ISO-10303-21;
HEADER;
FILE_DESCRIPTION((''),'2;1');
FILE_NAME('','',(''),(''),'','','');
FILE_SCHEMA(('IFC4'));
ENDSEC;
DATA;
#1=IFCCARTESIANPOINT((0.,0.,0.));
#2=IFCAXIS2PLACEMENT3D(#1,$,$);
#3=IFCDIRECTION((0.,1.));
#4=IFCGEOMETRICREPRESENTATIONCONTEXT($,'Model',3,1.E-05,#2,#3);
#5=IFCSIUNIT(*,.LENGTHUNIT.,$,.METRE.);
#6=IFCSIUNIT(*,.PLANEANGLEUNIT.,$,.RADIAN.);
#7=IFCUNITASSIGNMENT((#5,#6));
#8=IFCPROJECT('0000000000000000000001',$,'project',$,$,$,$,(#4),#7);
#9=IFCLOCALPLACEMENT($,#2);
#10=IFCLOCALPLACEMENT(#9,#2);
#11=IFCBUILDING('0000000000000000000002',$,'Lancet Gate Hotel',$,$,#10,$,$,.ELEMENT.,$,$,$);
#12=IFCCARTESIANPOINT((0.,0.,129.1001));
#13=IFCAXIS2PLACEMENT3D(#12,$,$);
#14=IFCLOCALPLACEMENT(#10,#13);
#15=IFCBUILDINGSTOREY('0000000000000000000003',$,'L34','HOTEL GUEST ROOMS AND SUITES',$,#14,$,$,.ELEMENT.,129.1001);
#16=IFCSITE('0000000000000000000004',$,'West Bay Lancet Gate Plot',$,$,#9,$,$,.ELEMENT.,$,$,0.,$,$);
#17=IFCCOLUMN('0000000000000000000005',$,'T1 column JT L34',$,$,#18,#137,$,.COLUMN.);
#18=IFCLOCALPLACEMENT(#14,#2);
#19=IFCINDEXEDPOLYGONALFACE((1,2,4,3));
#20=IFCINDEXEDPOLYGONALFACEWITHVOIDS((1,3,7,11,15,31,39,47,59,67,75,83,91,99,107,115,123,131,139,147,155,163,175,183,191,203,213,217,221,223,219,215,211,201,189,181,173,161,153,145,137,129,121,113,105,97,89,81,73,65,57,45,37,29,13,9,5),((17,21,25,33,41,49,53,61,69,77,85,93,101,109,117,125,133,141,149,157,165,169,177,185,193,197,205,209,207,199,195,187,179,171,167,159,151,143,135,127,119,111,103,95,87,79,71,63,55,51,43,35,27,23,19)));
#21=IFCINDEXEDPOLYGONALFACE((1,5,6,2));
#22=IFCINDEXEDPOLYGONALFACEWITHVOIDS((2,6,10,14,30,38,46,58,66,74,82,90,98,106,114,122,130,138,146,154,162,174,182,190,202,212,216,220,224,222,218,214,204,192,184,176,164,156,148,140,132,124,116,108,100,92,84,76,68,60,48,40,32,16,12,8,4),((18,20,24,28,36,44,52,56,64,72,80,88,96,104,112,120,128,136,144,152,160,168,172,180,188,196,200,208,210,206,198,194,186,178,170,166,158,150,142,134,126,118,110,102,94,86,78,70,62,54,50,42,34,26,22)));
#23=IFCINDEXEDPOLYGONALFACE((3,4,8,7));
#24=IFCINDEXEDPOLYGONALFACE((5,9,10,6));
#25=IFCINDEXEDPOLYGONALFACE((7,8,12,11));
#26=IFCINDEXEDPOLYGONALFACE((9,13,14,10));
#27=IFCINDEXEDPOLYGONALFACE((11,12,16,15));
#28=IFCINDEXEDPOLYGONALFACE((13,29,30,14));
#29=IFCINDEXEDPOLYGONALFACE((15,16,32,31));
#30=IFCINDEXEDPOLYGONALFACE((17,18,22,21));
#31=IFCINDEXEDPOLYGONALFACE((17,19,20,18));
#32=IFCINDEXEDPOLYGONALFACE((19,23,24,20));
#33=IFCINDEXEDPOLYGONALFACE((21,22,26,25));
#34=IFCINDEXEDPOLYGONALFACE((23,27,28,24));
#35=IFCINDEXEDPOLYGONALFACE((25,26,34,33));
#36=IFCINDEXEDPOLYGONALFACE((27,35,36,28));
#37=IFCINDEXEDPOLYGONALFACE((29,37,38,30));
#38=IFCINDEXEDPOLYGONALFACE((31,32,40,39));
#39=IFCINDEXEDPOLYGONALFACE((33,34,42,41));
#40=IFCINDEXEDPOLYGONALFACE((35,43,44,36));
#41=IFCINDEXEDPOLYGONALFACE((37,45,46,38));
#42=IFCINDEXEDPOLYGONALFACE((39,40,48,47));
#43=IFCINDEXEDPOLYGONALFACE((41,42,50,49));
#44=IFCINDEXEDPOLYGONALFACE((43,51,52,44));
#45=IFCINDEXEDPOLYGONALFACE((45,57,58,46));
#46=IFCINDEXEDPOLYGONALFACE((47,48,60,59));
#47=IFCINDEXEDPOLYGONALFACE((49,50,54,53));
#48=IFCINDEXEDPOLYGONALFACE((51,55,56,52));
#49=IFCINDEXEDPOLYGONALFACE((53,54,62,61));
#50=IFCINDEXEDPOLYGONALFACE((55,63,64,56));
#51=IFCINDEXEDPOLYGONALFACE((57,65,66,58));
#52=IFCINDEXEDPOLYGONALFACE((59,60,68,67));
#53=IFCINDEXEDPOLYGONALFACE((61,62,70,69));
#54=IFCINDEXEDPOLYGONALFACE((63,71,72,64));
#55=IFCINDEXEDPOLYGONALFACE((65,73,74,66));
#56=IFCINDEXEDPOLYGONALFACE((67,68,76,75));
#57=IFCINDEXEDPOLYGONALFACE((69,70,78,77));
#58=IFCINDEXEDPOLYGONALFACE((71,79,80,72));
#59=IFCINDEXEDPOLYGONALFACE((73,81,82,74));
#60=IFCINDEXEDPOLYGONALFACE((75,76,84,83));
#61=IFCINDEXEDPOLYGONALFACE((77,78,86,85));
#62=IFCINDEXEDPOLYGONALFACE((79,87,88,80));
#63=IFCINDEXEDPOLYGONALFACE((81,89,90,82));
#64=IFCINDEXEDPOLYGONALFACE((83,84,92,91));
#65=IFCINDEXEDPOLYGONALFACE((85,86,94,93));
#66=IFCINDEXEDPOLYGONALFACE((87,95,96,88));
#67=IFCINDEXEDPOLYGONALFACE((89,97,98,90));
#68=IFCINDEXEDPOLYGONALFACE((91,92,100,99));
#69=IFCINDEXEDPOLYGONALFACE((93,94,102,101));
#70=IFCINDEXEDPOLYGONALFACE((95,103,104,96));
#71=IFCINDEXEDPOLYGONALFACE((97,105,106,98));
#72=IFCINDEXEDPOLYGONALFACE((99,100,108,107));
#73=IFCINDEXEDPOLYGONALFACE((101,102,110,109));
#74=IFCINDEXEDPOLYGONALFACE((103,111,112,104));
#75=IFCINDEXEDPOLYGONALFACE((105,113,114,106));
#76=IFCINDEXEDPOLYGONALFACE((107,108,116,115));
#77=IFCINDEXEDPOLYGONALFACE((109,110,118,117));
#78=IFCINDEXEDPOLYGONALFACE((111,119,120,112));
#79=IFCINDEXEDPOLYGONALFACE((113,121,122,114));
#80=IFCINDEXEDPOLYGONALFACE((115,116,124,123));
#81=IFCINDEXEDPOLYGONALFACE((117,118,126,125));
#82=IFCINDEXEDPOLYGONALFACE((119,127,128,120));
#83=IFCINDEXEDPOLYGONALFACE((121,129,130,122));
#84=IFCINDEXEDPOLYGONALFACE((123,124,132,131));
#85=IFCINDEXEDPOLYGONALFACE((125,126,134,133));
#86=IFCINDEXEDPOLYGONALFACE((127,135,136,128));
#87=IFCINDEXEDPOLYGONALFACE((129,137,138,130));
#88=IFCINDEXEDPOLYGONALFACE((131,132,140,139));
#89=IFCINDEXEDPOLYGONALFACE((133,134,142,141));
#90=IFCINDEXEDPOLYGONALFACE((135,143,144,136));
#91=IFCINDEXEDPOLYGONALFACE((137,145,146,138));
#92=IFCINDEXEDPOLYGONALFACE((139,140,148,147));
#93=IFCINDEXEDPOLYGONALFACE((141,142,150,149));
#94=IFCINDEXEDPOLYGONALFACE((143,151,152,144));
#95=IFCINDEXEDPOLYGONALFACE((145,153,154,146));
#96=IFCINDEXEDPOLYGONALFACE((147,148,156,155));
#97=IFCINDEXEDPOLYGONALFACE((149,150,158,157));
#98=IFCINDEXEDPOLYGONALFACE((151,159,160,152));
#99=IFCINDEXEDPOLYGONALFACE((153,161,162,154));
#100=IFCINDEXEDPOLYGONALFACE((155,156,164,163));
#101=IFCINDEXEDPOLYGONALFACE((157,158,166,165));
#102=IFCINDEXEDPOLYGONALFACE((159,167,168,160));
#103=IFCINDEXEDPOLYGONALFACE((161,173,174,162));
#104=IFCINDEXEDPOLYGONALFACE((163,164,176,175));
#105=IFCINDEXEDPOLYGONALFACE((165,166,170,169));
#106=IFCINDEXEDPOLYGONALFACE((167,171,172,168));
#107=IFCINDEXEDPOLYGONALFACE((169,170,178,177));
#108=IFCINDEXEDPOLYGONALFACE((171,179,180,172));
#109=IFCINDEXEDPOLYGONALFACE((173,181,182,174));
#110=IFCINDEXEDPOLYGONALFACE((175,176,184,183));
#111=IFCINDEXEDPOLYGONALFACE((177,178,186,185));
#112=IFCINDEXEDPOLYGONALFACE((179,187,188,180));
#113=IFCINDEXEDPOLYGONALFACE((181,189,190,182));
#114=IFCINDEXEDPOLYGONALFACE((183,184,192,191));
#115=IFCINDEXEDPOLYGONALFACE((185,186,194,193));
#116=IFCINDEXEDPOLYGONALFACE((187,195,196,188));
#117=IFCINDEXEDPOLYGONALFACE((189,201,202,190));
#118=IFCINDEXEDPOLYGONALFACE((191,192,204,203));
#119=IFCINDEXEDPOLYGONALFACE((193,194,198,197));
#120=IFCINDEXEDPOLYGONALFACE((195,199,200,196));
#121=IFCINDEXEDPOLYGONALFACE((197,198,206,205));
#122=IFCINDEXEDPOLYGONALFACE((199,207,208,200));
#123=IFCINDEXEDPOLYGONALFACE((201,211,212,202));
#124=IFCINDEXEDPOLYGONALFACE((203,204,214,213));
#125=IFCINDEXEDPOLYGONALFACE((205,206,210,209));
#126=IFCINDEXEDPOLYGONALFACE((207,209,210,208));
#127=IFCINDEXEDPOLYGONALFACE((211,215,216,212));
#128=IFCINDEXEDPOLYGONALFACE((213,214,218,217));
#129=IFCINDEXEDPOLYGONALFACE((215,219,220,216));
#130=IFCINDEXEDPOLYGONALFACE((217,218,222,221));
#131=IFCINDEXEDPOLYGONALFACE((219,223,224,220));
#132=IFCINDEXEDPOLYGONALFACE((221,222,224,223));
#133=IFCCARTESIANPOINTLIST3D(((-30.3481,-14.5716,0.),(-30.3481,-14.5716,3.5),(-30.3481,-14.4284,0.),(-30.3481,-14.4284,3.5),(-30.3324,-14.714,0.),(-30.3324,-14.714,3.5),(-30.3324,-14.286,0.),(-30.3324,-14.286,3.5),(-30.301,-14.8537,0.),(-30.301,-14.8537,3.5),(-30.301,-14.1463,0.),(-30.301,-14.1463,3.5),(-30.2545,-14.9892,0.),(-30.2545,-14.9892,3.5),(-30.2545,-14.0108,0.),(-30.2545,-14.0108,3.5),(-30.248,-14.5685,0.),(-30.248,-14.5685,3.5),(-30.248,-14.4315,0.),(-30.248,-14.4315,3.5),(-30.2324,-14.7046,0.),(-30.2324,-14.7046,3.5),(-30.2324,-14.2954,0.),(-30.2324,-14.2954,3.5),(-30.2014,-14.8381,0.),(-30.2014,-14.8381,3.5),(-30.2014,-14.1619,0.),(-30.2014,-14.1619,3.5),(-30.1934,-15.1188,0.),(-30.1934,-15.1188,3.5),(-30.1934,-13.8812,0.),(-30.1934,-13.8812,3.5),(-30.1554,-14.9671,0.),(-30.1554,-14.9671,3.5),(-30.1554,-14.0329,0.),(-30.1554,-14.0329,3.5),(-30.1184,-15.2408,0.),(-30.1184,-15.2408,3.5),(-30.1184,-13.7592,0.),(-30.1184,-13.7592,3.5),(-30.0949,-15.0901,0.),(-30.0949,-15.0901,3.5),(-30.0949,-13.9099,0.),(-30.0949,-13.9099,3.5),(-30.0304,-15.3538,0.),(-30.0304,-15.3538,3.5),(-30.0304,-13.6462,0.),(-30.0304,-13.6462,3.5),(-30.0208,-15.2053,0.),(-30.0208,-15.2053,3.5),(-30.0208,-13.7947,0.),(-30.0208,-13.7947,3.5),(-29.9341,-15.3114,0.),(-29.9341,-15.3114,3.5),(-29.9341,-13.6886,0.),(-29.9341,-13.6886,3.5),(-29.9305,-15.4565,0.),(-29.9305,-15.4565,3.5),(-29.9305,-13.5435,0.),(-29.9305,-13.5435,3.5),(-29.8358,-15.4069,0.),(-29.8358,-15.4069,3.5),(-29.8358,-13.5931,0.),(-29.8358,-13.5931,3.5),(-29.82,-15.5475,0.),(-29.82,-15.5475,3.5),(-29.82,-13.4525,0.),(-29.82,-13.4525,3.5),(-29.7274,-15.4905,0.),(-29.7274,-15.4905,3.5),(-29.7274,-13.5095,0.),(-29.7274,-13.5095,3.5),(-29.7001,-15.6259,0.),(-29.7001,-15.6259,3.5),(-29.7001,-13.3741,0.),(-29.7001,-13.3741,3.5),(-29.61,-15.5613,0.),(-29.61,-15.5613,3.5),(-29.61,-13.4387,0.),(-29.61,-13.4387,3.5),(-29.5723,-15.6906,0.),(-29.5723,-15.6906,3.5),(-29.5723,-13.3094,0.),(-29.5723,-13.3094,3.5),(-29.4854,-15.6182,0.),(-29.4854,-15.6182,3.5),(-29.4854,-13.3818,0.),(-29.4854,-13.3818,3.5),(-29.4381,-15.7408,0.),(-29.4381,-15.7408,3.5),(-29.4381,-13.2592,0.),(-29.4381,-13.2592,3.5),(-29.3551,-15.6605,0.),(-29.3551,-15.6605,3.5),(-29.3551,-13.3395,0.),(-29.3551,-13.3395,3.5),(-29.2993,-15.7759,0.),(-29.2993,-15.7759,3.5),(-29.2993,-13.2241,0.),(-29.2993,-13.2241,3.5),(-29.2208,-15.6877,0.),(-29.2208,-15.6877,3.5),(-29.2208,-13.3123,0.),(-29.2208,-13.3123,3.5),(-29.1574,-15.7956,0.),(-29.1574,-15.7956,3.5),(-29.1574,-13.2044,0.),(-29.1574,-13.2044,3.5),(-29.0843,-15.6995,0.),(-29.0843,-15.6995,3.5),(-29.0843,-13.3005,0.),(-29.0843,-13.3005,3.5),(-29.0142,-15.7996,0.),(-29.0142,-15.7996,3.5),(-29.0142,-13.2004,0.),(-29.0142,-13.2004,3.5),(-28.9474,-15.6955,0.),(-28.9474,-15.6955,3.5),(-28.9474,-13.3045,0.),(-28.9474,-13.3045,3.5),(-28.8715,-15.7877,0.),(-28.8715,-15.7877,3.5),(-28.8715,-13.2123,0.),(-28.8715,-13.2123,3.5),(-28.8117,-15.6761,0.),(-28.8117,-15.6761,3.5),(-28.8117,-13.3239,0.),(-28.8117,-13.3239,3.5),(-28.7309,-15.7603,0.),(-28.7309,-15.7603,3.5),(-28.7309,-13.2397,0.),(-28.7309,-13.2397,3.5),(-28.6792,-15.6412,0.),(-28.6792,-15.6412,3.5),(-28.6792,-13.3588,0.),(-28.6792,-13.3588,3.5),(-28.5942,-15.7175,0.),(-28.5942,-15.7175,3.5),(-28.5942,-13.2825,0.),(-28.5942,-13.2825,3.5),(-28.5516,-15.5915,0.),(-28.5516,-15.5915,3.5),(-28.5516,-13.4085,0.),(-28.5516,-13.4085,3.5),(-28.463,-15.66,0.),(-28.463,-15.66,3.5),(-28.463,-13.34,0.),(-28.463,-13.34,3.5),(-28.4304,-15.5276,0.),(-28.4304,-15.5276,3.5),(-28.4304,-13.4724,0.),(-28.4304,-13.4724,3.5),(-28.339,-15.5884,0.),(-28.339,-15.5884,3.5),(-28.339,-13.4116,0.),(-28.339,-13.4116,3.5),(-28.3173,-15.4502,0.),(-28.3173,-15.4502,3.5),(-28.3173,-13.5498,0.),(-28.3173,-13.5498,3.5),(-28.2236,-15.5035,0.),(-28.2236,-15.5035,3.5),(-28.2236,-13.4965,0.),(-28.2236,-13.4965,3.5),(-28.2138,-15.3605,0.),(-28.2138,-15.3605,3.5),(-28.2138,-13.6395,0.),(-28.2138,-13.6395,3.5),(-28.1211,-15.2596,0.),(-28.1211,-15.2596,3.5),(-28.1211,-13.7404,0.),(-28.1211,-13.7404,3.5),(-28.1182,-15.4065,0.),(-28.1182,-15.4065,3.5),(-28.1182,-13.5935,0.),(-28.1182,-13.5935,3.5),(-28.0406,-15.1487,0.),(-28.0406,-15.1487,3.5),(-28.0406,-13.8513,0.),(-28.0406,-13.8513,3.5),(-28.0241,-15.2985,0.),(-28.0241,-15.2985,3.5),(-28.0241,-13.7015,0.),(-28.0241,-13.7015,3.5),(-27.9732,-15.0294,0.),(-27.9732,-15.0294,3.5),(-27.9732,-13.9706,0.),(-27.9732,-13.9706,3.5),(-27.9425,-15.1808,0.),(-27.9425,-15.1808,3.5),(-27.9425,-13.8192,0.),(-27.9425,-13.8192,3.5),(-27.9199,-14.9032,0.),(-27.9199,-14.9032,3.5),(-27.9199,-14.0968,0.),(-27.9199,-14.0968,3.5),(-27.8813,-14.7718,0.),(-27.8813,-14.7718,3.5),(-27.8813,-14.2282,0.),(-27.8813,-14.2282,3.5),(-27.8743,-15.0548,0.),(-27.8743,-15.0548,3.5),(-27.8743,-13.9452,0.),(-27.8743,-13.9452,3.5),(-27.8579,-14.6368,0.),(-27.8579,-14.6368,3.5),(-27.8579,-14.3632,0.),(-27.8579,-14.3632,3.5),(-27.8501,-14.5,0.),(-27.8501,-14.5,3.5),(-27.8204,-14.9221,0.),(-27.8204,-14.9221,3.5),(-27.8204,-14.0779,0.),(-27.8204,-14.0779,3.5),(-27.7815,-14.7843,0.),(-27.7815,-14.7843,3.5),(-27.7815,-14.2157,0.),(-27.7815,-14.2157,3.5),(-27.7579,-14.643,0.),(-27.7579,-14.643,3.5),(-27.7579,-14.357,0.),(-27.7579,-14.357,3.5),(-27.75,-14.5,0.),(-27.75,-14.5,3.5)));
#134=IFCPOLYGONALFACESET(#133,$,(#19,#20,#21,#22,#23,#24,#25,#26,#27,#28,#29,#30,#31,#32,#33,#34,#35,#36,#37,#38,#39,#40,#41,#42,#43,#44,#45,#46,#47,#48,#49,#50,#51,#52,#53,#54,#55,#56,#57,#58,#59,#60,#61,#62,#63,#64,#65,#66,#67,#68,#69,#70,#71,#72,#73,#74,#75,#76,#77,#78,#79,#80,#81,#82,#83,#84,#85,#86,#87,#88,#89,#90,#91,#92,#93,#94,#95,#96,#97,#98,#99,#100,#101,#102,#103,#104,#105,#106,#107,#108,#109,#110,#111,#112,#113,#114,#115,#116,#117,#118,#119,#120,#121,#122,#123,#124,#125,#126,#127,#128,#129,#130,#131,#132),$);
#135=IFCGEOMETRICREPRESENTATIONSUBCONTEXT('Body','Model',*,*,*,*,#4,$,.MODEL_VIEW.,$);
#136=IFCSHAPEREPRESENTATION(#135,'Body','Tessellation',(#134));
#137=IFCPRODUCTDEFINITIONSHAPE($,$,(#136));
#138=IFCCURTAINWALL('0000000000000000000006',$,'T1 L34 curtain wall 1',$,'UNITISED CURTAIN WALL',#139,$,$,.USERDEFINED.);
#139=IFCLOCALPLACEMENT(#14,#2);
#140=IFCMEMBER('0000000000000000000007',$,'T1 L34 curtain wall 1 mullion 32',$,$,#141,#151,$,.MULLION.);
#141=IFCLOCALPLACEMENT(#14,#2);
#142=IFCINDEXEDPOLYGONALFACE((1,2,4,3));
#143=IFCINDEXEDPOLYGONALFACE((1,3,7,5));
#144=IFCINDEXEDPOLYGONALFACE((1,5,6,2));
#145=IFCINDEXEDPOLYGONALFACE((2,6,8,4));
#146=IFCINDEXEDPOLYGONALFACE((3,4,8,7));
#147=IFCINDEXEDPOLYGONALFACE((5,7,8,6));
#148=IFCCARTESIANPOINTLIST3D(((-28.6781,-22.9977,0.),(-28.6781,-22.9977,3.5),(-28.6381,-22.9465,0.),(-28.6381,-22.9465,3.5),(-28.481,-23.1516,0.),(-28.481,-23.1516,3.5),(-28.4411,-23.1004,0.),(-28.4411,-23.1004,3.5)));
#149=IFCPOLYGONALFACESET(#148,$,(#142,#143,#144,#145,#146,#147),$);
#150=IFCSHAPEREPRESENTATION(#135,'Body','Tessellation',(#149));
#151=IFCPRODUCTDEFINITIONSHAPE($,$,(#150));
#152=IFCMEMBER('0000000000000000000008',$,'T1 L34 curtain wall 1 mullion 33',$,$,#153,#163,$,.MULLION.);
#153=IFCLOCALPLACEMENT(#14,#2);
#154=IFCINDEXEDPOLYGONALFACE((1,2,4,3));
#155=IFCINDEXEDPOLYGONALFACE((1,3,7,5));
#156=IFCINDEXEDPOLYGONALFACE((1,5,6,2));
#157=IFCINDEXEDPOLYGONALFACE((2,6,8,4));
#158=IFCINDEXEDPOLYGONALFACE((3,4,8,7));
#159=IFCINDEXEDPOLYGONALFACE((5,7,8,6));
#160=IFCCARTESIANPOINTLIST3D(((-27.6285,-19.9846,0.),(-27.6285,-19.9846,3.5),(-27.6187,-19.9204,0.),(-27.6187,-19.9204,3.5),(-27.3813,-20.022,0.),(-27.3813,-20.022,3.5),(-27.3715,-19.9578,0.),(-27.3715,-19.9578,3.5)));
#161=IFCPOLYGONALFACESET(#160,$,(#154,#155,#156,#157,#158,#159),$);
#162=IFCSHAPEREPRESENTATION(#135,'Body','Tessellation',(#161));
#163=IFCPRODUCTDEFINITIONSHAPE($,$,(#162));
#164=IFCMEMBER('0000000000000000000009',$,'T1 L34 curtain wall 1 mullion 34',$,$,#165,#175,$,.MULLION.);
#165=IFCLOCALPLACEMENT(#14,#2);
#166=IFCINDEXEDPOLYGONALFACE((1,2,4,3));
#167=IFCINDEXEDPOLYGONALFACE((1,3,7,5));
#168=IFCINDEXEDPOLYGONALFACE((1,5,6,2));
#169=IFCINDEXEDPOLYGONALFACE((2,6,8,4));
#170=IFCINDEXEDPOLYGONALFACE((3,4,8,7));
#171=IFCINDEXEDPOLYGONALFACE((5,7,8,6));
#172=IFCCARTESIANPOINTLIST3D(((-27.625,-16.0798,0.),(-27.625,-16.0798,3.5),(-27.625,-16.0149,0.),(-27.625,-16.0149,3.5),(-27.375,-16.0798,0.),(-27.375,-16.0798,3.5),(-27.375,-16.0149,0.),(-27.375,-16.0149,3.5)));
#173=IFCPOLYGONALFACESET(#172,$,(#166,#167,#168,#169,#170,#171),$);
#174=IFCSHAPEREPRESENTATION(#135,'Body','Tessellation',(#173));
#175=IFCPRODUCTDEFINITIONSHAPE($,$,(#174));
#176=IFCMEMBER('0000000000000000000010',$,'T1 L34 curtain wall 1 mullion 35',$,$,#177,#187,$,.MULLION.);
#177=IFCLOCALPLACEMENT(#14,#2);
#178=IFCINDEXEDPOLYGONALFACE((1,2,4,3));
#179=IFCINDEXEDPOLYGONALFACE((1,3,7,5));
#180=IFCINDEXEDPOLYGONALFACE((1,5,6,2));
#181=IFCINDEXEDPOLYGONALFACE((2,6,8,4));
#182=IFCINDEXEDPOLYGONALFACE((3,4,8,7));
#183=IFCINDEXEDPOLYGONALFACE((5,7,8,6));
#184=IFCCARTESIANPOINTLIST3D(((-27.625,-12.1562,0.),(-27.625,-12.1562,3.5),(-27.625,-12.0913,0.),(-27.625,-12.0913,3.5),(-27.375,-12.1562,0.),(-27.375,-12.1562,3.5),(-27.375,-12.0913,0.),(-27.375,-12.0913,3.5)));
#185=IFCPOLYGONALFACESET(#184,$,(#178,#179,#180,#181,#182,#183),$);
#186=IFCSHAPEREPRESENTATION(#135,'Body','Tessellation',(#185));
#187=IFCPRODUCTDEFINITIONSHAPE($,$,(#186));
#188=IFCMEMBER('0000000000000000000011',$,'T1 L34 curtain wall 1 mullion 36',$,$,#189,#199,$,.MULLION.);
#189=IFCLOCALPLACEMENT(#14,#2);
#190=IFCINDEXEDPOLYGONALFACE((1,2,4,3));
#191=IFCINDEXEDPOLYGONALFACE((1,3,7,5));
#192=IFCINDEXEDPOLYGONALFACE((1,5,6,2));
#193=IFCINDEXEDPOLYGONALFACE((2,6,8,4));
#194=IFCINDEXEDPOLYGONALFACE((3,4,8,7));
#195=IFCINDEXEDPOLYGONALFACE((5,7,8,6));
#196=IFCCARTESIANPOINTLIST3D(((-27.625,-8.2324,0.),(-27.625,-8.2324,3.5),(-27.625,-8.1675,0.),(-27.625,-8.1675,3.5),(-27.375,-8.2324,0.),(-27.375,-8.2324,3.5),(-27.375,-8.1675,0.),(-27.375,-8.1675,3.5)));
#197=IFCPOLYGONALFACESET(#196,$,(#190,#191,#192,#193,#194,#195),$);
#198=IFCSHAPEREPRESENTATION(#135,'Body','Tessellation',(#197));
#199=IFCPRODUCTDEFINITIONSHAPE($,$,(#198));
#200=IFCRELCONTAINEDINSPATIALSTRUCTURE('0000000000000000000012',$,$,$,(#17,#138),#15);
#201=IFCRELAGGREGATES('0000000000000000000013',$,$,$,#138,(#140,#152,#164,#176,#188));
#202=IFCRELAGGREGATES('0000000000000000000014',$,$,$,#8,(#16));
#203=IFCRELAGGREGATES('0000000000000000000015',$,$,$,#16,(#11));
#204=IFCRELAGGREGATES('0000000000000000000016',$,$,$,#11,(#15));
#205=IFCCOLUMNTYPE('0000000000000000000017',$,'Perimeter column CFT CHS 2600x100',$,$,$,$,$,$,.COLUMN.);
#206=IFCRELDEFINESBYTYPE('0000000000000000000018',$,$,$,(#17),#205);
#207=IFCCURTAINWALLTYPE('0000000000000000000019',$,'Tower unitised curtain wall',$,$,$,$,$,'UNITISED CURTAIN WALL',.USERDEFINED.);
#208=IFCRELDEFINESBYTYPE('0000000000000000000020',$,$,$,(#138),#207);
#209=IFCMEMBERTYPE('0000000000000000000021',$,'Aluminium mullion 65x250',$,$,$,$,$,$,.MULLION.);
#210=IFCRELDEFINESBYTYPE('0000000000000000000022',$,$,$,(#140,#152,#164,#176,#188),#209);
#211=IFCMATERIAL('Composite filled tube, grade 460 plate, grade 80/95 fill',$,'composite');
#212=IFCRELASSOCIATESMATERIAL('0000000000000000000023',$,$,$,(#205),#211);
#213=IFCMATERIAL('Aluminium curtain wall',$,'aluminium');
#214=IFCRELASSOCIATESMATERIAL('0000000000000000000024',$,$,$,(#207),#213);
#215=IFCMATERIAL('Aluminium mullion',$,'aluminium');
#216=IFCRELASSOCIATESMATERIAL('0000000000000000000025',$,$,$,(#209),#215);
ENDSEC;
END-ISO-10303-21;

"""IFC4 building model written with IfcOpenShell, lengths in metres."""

from ifc_helpers import new_model, si_unit, direction, frame, origin, origin_2d, place, context, subcontext, project, spatial, rectangle, hollow_circle, extrude, material, material_profile, profile_set, type_object, element, aggregate, save


model = new_model("IFC4")

# Units and contexts
model_context = context("Model", 3, precision=1e-05, world=origin(), true_north=direction((0.0, 1.0)))
body_context = subcontext(model_context, "Body", "Model", "MODEL_VIEW")
ifc_project = project(units=[si_unit("LENGTHUNIT", "METRE"), si_unit("PLANEANGLEUNIT", "RADIAN")], contexts=[model_context])

# Site, building, storey
site_placement = place(None, origin())
site = spatial("IfcSite", under=ifc_project, at=site_placement, Name="West Bay Lancet Gate Plot", CompositionType="ELEMENT", RefElevation=0.0)
building_placement = place(site_placement, origin())
building = spatial("IfcBuilding", under=site, at=building_placement, Name="Lancet Gate Hotel", CompositionType="ELEMENT")
storey_placement = place(building_placement, frame((0.0, 0.0, 129.1001)))
storey = spatial("IfcBuildingStorey", under=building, at=storey_placement, Name="L34", Description="HOTEL GUEST ROOMS AND SUITES", CompositionType="ELEMENT", Elevation=129.1001)

# Column
ifc_material_1 = material(Name="Composite filled tube, grade 460 plate, grade 80/95 fill", Category="composite")
ifc_material_profile_1 = material_profile(ifc_material_1, hollow_circle(Radius=1.3, WallThickness=0.1001, at=origin_2d()), Name="CHS 2600x100")
ifc_profile_set_1 = profile_set([ifc_material_profile_1], Name="Composite filled tube, grade 460 plate, grade 80/95 fill")
column_type = type_object("IfcColumnType", Name="Perimeter column CFT CHS 2600x100", PredefinedType="COLUMN", material=ifc_profile_set_1)
for number, where, z_axis, x_axis, name in (
    (1, (-29.05, -14.5, 0.0), (0.0, 0.0, 1.0), (1.0, 0.0, 0.0), "T1 column JT L34"),
):
    element("IfcColumn", number, at=place(storey_placement, frame(where, z_axis=z_axis, x_axis=x_axis)), inside=storey, type_object=column_type, Name=name, PredefinedType="COLUMN", context=body_context, shape_type="SweptSolid", body=[
        extrude(hollow_circle(Radius=1.3, WallThickness=0.1001, at=origin_2d()), origin(), (0.0, 0.0, 1.0), 3.5),
    ])

# Curtain wall, members
ifc_material_2 = material(Name="Aluminium curtain wall", Category="aluminium")
curtain_wall_type = type_object("IfcCurtainWallType", Name="Tower unitised curtain wall", ElementType="UNITISED CURTAIN WALL", PredefinedType="USERDEFINED", material=ifc_material_2)
curtain_wall_placement = place(storey_placement, origin())
curtain_wall = element("IfcCurtainWall", 2, at=curtain_wall_placement, inside=storey, type_object=curtain_wall_type, Name="T1 L34 curtain wall 1", ObjectType="UNITISED CURTAIN WALL", PredefinedType="USERDEFINED")
ifc_material_3 = material(Name="Aluminium mullion", Category="aluminium")
ifc_material_profile_2 = material_profile(ifc_material_3, rectangle(XDim=0.0649, YDim=0.25, at=origin_2d()), Name="MULLION 65x250")
ifc_profile_set_2 = profile_set([ifc_material_profile_2], Name="Aluminium mullion")
member_type_1 = type_object("IfcMemberType", Name="Aluminium mullion 65x250", PredefinedType="MULLION", material=ifc_profile_set_2)
member_1_placement = place(storey_placement, frame((-28.5596, -23.0491, 0.0), z_axis=(0.0, 0.0, 1.0), x_axis=(0.615574, 0.788079, 0.0)))
member_1 = element("IfcMember", 3, at=member_1_placement, type_object=member_type_1, Name="T1 L34 curtain wall 1 mullion 32", PredefinedType="MULLION", context=body_context, shape_type="SweptSolid", body=[
    extrude(rectangle(XDim=0.0649, YDim=0.25, at=origin_2d()), origin(), (0.0, 0.0, 1.0), 3.5),
])
member_2_placement = place(storey_placement, frame((-27.5, -19.9712, 0.0), z_axis=(0.0, 0.0, 1.0), x_axis=(0.149634, 0.988741, 0.0)))
member_2 = element("IfcMember", 4, at=member_2_placement, type_object=member_type_1, Name="T1 L34 curtain wall 1 mullion 33", PredefinedType="MULLION", context=body_context, shape_type="SweptSolid", body=[
    extrude(rectangle(XDim=0.0649, YDim=0.25, at=origin_2d()), origin(), (0.0, 0.0, 1.0), 3.5),
])
member_3_placement = place(storey_placement, frame((-27.5, -16.0474, 0.0), z_axis=(0.0, 0.0, 1.0), x_axis=(0.0, 1.0, 0.0)))
member_3 = element("IfcMember", 5, at=member_3_placement, type_object=member_type_1, Name="T1 L34 curtain wall 1 mullion 34", PredefinedType="MULLION", context=body_context, shape_type="SweptSolid", body=[
    extrude(rectangle(XDim=0.0649, YDim=0.25, at=origin_2d()), origin(), (0.0, 0.0, 1.0), 3.5),
])
member_4_placement = place(storey_placement, frame((-27.5, -12.1238, 0.0), z_axis=(0.0, 0.0, 1.0), x_axis=(0.0, 1.0, 0.0)))
member_4 = element("IfcMember", 6, at=member_4_placement, type_object=member_type_1, Name="T1 L34 curtain wall 1 mullion 35", PredefinedType="MULLION", context=body_context, shape_type="SweptSolid", body=[
    extrude(rectangle(XDim=0.0649, YDim=0.25, at=origin_2d()), origin(), (0.0, 0.0, 1.0), 3.5),
])
member_5_placement = place(storey_placement, frame((-27.5, -8.2, 0.0), z_axis=(0.0, 0.0, 1.0), x_axis=(0.0, 1.0, 0.0)))
member_5 = element("IfcMember", 7, at=member_5_placement, type_object=member_type_1, Name="T1 L34 curtain wall 1 mullion 36", PredefinedType="MULLION", context=body_context, shape_type="SweptSolid", body=[
    extrude(rectangle(XDim=0.0649, YDim=0.25, at=origin_2d()), origin(), (0.0, 0.0, 1.0), 3.5),
])

aggregate(curtain_wall, [member_1, member_2, member_3, member_4, member_5])

save(model, "model.ifc")
